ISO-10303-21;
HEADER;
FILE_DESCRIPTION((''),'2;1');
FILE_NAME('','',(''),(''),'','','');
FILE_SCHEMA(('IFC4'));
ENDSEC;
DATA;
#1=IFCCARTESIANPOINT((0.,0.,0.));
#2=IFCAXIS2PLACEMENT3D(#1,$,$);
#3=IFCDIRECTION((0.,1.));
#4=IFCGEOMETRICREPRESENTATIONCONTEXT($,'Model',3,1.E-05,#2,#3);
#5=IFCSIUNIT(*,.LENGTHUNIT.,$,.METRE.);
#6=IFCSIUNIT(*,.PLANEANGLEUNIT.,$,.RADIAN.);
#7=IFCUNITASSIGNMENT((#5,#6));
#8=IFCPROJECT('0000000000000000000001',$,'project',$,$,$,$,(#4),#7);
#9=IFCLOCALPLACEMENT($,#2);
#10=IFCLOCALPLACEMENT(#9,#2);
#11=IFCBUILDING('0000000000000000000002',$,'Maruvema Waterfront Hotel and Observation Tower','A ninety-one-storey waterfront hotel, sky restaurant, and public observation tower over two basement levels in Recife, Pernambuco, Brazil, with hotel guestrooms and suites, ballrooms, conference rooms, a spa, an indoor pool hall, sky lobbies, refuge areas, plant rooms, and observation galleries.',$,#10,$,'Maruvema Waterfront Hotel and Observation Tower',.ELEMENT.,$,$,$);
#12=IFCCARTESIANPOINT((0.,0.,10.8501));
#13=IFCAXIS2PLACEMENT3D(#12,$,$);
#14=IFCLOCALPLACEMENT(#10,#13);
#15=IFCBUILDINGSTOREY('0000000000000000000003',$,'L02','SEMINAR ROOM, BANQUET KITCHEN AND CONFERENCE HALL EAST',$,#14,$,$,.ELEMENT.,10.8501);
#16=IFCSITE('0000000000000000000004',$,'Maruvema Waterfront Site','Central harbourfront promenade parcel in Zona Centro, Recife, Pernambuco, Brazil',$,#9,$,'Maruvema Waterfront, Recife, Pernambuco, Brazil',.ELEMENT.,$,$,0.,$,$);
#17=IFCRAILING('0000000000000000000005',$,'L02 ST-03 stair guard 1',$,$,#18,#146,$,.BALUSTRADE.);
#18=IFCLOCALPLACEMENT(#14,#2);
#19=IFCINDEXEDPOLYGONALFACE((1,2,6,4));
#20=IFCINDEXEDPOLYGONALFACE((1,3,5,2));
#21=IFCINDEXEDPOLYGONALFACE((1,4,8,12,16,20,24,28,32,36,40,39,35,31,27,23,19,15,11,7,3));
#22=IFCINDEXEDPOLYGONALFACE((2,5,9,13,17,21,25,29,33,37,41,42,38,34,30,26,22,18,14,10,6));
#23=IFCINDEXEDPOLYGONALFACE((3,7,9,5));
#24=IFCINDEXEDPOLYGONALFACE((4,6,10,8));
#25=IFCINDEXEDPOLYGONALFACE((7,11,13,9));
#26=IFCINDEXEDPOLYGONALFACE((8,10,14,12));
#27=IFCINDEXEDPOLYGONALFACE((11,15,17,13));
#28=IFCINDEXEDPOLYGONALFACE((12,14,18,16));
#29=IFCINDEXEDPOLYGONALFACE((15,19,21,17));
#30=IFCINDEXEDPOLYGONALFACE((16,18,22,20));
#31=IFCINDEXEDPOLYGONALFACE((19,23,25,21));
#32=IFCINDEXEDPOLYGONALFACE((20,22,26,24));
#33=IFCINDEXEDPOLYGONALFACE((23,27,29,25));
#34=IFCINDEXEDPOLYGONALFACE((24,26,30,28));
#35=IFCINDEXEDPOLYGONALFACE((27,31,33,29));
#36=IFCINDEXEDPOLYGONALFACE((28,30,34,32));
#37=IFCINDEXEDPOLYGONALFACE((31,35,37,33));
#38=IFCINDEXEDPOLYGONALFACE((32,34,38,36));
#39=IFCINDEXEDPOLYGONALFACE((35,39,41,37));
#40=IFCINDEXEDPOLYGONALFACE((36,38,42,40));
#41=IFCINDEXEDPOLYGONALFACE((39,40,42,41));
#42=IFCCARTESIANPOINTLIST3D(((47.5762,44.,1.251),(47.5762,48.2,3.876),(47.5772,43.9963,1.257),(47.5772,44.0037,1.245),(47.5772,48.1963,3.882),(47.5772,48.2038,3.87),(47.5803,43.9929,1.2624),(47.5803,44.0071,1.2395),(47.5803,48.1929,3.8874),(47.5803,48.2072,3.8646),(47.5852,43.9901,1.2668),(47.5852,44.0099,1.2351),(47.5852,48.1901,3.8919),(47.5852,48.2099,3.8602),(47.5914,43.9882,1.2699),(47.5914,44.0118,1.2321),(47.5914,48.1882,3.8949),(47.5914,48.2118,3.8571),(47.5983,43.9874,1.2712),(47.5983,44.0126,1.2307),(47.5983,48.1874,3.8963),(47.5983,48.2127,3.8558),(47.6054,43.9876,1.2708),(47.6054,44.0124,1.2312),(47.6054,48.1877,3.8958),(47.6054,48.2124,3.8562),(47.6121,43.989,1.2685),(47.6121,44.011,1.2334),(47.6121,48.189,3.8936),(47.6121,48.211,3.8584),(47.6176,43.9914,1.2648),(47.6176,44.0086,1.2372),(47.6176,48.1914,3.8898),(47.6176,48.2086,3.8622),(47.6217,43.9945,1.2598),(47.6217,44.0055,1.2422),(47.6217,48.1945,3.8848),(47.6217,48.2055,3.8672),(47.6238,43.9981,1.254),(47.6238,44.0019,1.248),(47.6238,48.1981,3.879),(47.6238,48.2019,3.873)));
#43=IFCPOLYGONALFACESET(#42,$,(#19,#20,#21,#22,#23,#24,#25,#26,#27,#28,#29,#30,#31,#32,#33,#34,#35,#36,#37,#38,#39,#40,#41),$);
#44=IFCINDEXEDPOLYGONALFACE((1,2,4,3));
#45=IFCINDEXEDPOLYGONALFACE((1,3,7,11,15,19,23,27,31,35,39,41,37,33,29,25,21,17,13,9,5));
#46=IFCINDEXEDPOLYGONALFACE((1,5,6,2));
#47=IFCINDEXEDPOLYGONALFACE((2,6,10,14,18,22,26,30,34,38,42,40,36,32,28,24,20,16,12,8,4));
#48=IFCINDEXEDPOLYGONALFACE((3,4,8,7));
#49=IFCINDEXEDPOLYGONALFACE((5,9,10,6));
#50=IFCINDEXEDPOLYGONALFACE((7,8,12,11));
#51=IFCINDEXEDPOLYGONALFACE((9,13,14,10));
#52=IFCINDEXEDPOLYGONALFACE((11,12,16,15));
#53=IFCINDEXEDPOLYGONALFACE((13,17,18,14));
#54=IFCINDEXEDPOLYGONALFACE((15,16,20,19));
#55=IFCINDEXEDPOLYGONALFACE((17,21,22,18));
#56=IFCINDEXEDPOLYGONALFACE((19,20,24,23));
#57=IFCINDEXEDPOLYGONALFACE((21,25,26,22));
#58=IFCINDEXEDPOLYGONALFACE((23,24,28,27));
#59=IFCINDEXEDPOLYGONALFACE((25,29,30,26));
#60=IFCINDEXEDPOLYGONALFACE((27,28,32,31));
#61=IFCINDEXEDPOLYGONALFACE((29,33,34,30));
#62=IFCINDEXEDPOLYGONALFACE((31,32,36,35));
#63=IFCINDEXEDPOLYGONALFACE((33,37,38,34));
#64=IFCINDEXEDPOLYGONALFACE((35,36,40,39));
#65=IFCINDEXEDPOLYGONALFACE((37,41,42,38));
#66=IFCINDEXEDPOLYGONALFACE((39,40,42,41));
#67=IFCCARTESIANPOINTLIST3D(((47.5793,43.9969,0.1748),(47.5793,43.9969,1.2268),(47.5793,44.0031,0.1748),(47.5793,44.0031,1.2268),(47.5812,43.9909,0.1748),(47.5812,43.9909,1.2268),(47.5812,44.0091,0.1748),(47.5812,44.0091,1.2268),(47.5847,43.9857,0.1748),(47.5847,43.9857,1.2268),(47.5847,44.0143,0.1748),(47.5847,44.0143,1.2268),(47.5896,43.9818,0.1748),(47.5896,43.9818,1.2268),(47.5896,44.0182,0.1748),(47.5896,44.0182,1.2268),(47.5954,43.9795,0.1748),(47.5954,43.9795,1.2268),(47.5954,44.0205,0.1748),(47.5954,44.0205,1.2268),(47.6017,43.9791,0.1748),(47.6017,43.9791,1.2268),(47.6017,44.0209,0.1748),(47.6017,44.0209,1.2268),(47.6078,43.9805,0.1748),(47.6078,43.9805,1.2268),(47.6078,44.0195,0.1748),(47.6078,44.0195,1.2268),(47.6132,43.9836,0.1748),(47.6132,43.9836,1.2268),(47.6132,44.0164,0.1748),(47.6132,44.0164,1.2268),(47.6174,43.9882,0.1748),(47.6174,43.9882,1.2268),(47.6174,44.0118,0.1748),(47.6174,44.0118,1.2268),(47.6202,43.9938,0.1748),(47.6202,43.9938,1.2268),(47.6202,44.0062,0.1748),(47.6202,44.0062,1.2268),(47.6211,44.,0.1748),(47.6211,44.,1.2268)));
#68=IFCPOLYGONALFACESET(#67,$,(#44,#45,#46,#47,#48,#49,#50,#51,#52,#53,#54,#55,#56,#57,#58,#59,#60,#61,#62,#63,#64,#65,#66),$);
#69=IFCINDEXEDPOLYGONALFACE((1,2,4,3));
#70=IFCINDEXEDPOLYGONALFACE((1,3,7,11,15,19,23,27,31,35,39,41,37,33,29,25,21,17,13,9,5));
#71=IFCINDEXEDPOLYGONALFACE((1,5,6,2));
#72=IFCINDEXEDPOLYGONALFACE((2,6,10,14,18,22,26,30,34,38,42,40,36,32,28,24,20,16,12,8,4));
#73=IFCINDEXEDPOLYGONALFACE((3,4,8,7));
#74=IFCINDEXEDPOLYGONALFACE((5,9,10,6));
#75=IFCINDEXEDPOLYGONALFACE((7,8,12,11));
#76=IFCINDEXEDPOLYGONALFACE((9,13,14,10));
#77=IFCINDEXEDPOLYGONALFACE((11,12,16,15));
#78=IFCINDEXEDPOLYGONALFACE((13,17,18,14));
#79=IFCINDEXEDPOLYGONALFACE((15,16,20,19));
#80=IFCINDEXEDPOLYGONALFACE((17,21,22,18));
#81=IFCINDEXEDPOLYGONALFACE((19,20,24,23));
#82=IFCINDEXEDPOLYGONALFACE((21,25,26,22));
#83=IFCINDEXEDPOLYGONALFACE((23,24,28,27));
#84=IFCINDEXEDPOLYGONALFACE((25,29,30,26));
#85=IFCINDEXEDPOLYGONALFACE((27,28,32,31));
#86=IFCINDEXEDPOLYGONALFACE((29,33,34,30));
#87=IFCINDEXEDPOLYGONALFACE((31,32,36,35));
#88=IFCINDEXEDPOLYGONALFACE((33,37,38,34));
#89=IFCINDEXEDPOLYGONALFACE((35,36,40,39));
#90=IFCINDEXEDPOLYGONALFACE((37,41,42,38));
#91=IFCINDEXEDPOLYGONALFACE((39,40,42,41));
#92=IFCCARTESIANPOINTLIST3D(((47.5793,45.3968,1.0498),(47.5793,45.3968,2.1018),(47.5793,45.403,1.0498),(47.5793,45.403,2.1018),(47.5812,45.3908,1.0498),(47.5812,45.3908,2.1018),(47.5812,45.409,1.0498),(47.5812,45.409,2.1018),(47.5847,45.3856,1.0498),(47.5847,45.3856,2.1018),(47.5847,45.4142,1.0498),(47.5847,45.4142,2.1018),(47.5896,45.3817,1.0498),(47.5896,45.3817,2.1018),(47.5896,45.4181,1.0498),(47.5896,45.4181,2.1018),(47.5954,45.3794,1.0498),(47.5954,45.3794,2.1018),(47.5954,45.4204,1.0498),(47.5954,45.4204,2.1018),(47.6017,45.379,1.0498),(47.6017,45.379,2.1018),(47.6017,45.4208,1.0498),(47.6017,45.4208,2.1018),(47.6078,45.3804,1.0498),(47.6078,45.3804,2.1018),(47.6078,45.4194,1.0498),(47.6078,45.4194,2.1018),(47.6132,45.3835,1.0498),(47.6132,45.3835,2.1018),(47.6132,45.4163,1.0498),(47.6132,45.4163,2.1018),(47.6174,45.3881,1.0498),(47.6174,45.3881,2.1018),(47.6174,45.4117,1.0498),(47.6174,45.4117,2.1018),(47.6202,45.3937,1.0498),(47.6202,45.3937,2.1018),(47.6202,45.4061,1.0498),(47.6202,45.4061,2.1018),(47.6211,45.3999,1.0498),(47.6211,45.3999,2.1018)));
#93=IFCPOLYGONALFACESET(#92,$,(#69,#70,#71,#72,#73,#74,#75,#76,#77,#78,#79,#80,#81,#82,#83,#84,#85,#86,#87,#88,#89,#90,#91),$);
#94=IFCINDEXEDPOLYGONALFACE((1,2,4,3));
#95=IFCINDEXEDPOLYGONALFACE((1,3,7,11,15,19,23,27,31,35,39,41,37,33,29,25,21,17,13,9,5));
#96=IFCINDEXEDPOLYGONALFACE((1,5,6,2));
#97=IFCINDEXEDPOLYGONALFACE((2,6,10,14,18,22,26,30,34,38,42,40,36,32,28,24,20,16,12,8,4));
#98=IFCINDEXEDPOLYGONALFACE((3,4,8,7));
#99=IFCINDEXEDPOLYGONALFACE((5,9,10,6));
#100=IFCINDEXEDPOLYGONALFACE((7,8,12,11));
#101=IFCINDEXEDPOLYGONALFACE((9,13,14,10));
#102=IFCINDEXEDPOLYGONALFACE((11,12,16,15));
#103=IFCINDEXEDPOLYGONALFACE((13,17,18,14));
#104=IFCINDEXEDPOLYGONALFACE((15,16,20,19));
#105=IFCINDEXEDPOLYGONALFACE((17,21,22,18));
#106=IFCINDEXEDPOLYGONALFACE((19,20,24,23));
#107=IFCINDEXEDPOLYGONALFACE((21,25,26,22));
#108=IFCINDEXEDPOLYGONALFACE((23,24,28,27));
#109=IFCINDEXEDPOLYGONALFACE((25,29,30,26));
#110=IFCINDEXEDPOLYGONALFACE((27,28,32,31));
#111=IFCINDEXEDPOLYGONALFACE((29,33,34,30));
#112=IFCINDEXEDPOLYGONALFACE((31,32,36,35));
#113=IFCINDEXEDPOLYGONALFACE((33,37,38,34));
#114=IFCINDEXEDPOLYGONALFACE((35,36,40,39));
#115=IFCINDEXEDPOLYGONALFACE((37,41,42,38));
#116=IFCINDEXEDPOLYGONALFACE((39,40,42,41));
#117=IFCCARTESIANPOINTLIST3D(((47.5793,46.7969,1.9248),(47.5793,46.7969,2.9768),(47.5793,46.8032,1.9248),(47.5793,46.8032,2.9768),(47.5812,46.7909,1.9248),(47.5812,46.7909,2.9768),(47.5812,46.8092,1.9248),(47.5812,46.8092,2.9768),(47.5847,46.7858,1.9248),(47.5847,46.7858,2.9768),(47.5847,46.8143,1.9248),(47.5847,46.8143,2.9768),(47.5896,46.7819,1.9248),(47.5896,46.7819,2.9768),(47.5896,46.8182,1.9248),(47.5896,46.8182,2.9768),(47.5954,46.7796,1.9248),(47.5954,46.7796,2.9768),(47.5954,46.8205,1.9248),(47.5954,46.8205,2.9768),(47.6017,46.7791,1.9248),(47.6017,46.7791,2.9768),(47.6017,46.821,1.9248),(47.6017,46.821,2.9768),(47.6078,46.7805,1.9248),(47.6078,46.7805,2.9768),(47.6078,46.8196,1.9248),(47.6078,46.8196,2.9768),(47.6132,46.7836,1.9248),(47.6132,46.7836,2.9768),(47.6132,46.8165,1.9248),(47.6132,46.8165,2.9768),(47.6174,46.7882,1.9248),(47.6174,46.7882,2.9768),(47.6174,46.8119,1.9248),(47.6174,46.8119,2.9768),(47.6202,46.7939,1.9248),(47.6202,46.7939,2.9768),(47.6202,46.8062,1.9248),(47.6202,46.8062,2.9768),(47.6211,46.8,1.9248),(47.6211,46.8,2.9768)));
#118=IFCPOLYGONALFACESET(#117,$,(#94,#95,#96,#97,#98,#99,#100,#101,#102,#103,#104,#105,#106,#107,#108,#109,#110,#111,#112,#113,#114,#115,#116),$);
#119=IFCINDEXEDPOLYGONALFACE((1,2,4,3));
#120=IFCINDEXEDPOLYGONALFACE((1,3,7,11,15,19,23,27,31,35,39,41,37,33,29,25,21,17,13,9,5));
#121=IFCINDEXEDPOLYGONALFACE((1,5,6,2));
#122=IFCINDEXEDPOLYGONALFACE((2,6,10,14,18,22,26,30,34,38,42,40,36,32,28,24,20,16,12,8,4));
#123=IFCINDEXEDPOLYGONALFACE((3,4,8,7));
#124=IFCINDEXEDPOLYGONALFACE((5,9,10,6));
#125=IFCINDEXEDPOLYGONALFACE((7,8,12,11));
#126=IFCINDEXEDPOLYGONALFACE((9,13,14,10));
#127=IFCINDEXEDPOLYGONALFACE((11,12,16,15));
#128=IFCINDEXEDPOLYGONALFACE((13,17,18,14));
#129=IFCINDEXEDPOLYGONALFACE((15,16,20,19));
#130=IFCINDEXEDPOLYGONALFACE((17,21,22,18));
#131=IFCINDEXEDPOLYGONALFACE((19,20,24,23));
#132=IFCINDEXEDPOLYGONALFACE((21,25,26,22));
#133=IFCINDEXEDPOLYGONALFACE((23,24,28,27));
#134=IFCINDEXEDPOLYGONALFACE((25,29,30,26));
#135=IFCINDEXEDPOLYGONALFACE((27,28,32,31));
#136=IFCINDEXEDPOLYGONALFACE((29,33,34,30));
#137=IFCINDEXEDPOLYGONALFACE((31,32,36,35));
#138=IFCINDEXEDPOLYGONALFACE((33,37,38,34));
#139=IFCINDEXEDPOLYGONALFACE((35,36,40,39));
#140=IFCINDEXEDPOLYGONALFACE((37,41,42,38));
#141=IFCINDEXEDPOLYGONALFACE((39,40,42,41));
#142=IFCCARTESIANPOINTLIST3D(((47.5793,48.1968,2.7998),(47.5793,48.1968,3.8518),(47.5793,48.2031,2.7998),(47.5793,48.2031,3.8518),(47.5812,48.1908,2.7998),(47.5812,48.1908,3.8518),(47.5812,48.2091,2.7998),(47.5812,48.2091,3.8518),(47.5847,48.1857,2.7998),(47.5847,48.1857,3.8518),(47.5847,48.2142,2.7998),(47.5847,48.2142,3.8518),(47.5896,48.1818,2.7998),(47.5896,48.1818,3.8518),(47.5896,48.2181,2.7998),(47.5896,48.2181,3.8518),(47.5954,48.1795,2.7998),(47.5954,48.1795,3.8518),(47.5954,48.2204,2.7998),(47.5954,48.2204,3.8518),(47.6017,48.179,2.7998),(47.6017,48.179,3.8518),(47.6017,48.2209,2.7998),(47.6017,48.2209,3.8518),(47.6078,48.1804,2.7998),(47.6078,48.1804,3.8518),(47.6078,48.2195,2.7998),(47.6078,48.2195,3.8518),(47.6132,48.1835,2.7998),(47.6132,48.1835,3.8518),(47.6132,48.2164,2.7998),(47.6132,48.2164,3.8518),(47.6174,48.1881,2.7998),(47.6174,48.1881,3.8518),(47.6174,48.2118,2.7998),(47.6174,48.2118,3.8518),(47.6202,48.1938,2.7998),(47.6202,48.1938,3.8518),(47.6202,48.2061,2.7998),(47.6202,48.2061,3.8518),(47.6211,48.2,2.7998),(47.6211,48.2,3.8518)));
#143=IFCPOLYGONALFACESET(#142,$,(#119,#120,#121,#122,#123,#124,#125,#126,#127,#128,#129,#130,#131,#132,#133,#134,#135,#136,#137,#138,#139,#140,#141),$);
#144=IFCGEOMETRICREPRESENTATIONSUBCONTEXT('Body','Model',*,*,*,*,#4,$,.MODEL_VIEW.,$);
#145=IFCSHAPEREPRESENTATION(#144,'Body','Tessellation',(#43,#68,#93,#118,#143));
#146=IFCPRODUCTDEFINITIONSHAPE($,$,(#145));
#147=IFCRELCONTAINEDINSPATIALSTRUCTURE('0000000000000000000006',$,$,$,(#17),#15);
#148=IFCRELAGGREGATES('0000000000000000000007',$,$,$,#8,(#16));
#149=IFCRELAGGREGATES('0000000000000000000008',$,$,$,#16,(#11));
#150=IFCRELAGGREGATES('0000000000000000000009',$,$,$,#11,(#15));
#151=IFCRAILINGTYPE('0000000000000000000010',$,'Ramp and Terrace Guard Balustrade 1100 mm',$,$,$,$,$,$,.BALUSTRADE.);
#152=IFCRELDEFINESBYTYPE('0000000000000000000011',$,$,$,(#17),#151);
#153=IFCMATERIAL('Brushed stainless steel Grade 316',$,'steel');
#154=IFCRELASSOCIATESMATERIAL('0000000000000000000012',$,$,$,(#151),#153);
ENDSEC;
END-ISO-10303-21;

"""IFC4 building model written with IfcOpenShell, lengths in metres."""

from ifc_helpers import new_model, si_unit, direction, frame, origin, origin_2d, place, context, subcontext, project, spatial, circle, extrude, material, type_object, element, save


model = new_model("IFC4")

# Units and contexts
model_context = context("Model", 3, precision=1e-05, world=origin(), true_north=direction((0.0, 1.0)))
body_context = subcontext(model_context, "Body", "Model", "MODEL_VIEW")
ifc_project = project(units=[si_unit("LENGTHUNIT", "METRE"), si_unit("PLANEANGLEUNIT", "RADIAN")], contexts=[model_context])

# Site, building, storey
site_placement = place(None, origin())
site = spatial("IfcSite", under=ifc_project, at=site_placement, Name="Maruvema Waterfront Site", Description="Central harbourfront promenade parcel in Zona Centro, Recife, Pernambuco, Brazil", LongName="Maruvema Waterfront, Recife, Pernambuco, Brazil", CompositionType="ELEMENT", RefElevation=0.0)
building_placement = place(site_placement, origin())
building = spatial("IfcBuilding", under=site, at=building_placement, Name="Maruvema Waterfront Hotel and Observation Tower", Description="A ninety-one-storey waterfront hotel, sky restaurant, and public observation tower over two basement levels in Recife, Pernambuco, Brazil, with hotel guestrooms and suites, ballrooms, conference rooms, a spa, an indoor pool hall, sky lobbies, refuge areas, plant rooms, and observation galleries.", LongName="Maruvema Waterfront Hotel and Observation Tower", CompositionType="ELEMENT")
storey_placement = place(building_placement, frame((0.0, 0.0, 10.8501)))
storey = spatial("IfcBuildingStorey", under=building, at=storey_placement, Name="L02", Description="SEMINAR ROOM, BANQUET KITCHEN AND CONFERENCE HALL EAST", CompositionType="ELEMENT", Elevation=10.8501)

# Railing
ifc_material_1 = material(Name="Brushed stainless steel Grade 316", Category="steel")
railing_type_1 = type_object("IfcRailingType", Name="Ramp and Terrace Guard Balustrade 1100 mm", PredefinedType="BALUSTRADE", material=ifc_material_1)
railing_1_placement = place(storey_placement, frame((47.6001, 44.0, 0.1748)))
element("IfcRailing", 1, at=railing_1_placement, inside=storey, type_object=railing_type_1, Name="L02 ST-03 stair guard 1", PredefinedType="BALUSTRADE", context=body_context, shape_type="SweptSolid", body=[
    extrude(circle(Radius=0.0239, at=origin_2d()), frame((0.0, 0.0, 1.0762), z_axis=(0.0, 0.847996, 0.530003), x_axis=(-1.0, 0.0, 0.0)), (0.0, 0.0, 1.0), 4.9529),
    extrude(circle(Radius=0.021, at=origin_2d()), origin(), (0.0, 0.0, 1.0), 1.052),
    extrude(circle(Radius=0.021, at=origin_2d()), frame((0.0, 1.3999, 0.875)), (0.0, 0.0, 1.0), 1.052),
    extrude(circle(Radius=0.021, at=origin_2d()), frame((0.0, 2.8, 1.75)), (0.0, 0.0, 1.0), 1.052),
    extrude(circle(Radius=0.021, at=origin_2d()), frame((0.0, 4.2, 2.625)), (0.0, 0.0, 1.0), 1.052),
])

save(model, "model.ifc")
